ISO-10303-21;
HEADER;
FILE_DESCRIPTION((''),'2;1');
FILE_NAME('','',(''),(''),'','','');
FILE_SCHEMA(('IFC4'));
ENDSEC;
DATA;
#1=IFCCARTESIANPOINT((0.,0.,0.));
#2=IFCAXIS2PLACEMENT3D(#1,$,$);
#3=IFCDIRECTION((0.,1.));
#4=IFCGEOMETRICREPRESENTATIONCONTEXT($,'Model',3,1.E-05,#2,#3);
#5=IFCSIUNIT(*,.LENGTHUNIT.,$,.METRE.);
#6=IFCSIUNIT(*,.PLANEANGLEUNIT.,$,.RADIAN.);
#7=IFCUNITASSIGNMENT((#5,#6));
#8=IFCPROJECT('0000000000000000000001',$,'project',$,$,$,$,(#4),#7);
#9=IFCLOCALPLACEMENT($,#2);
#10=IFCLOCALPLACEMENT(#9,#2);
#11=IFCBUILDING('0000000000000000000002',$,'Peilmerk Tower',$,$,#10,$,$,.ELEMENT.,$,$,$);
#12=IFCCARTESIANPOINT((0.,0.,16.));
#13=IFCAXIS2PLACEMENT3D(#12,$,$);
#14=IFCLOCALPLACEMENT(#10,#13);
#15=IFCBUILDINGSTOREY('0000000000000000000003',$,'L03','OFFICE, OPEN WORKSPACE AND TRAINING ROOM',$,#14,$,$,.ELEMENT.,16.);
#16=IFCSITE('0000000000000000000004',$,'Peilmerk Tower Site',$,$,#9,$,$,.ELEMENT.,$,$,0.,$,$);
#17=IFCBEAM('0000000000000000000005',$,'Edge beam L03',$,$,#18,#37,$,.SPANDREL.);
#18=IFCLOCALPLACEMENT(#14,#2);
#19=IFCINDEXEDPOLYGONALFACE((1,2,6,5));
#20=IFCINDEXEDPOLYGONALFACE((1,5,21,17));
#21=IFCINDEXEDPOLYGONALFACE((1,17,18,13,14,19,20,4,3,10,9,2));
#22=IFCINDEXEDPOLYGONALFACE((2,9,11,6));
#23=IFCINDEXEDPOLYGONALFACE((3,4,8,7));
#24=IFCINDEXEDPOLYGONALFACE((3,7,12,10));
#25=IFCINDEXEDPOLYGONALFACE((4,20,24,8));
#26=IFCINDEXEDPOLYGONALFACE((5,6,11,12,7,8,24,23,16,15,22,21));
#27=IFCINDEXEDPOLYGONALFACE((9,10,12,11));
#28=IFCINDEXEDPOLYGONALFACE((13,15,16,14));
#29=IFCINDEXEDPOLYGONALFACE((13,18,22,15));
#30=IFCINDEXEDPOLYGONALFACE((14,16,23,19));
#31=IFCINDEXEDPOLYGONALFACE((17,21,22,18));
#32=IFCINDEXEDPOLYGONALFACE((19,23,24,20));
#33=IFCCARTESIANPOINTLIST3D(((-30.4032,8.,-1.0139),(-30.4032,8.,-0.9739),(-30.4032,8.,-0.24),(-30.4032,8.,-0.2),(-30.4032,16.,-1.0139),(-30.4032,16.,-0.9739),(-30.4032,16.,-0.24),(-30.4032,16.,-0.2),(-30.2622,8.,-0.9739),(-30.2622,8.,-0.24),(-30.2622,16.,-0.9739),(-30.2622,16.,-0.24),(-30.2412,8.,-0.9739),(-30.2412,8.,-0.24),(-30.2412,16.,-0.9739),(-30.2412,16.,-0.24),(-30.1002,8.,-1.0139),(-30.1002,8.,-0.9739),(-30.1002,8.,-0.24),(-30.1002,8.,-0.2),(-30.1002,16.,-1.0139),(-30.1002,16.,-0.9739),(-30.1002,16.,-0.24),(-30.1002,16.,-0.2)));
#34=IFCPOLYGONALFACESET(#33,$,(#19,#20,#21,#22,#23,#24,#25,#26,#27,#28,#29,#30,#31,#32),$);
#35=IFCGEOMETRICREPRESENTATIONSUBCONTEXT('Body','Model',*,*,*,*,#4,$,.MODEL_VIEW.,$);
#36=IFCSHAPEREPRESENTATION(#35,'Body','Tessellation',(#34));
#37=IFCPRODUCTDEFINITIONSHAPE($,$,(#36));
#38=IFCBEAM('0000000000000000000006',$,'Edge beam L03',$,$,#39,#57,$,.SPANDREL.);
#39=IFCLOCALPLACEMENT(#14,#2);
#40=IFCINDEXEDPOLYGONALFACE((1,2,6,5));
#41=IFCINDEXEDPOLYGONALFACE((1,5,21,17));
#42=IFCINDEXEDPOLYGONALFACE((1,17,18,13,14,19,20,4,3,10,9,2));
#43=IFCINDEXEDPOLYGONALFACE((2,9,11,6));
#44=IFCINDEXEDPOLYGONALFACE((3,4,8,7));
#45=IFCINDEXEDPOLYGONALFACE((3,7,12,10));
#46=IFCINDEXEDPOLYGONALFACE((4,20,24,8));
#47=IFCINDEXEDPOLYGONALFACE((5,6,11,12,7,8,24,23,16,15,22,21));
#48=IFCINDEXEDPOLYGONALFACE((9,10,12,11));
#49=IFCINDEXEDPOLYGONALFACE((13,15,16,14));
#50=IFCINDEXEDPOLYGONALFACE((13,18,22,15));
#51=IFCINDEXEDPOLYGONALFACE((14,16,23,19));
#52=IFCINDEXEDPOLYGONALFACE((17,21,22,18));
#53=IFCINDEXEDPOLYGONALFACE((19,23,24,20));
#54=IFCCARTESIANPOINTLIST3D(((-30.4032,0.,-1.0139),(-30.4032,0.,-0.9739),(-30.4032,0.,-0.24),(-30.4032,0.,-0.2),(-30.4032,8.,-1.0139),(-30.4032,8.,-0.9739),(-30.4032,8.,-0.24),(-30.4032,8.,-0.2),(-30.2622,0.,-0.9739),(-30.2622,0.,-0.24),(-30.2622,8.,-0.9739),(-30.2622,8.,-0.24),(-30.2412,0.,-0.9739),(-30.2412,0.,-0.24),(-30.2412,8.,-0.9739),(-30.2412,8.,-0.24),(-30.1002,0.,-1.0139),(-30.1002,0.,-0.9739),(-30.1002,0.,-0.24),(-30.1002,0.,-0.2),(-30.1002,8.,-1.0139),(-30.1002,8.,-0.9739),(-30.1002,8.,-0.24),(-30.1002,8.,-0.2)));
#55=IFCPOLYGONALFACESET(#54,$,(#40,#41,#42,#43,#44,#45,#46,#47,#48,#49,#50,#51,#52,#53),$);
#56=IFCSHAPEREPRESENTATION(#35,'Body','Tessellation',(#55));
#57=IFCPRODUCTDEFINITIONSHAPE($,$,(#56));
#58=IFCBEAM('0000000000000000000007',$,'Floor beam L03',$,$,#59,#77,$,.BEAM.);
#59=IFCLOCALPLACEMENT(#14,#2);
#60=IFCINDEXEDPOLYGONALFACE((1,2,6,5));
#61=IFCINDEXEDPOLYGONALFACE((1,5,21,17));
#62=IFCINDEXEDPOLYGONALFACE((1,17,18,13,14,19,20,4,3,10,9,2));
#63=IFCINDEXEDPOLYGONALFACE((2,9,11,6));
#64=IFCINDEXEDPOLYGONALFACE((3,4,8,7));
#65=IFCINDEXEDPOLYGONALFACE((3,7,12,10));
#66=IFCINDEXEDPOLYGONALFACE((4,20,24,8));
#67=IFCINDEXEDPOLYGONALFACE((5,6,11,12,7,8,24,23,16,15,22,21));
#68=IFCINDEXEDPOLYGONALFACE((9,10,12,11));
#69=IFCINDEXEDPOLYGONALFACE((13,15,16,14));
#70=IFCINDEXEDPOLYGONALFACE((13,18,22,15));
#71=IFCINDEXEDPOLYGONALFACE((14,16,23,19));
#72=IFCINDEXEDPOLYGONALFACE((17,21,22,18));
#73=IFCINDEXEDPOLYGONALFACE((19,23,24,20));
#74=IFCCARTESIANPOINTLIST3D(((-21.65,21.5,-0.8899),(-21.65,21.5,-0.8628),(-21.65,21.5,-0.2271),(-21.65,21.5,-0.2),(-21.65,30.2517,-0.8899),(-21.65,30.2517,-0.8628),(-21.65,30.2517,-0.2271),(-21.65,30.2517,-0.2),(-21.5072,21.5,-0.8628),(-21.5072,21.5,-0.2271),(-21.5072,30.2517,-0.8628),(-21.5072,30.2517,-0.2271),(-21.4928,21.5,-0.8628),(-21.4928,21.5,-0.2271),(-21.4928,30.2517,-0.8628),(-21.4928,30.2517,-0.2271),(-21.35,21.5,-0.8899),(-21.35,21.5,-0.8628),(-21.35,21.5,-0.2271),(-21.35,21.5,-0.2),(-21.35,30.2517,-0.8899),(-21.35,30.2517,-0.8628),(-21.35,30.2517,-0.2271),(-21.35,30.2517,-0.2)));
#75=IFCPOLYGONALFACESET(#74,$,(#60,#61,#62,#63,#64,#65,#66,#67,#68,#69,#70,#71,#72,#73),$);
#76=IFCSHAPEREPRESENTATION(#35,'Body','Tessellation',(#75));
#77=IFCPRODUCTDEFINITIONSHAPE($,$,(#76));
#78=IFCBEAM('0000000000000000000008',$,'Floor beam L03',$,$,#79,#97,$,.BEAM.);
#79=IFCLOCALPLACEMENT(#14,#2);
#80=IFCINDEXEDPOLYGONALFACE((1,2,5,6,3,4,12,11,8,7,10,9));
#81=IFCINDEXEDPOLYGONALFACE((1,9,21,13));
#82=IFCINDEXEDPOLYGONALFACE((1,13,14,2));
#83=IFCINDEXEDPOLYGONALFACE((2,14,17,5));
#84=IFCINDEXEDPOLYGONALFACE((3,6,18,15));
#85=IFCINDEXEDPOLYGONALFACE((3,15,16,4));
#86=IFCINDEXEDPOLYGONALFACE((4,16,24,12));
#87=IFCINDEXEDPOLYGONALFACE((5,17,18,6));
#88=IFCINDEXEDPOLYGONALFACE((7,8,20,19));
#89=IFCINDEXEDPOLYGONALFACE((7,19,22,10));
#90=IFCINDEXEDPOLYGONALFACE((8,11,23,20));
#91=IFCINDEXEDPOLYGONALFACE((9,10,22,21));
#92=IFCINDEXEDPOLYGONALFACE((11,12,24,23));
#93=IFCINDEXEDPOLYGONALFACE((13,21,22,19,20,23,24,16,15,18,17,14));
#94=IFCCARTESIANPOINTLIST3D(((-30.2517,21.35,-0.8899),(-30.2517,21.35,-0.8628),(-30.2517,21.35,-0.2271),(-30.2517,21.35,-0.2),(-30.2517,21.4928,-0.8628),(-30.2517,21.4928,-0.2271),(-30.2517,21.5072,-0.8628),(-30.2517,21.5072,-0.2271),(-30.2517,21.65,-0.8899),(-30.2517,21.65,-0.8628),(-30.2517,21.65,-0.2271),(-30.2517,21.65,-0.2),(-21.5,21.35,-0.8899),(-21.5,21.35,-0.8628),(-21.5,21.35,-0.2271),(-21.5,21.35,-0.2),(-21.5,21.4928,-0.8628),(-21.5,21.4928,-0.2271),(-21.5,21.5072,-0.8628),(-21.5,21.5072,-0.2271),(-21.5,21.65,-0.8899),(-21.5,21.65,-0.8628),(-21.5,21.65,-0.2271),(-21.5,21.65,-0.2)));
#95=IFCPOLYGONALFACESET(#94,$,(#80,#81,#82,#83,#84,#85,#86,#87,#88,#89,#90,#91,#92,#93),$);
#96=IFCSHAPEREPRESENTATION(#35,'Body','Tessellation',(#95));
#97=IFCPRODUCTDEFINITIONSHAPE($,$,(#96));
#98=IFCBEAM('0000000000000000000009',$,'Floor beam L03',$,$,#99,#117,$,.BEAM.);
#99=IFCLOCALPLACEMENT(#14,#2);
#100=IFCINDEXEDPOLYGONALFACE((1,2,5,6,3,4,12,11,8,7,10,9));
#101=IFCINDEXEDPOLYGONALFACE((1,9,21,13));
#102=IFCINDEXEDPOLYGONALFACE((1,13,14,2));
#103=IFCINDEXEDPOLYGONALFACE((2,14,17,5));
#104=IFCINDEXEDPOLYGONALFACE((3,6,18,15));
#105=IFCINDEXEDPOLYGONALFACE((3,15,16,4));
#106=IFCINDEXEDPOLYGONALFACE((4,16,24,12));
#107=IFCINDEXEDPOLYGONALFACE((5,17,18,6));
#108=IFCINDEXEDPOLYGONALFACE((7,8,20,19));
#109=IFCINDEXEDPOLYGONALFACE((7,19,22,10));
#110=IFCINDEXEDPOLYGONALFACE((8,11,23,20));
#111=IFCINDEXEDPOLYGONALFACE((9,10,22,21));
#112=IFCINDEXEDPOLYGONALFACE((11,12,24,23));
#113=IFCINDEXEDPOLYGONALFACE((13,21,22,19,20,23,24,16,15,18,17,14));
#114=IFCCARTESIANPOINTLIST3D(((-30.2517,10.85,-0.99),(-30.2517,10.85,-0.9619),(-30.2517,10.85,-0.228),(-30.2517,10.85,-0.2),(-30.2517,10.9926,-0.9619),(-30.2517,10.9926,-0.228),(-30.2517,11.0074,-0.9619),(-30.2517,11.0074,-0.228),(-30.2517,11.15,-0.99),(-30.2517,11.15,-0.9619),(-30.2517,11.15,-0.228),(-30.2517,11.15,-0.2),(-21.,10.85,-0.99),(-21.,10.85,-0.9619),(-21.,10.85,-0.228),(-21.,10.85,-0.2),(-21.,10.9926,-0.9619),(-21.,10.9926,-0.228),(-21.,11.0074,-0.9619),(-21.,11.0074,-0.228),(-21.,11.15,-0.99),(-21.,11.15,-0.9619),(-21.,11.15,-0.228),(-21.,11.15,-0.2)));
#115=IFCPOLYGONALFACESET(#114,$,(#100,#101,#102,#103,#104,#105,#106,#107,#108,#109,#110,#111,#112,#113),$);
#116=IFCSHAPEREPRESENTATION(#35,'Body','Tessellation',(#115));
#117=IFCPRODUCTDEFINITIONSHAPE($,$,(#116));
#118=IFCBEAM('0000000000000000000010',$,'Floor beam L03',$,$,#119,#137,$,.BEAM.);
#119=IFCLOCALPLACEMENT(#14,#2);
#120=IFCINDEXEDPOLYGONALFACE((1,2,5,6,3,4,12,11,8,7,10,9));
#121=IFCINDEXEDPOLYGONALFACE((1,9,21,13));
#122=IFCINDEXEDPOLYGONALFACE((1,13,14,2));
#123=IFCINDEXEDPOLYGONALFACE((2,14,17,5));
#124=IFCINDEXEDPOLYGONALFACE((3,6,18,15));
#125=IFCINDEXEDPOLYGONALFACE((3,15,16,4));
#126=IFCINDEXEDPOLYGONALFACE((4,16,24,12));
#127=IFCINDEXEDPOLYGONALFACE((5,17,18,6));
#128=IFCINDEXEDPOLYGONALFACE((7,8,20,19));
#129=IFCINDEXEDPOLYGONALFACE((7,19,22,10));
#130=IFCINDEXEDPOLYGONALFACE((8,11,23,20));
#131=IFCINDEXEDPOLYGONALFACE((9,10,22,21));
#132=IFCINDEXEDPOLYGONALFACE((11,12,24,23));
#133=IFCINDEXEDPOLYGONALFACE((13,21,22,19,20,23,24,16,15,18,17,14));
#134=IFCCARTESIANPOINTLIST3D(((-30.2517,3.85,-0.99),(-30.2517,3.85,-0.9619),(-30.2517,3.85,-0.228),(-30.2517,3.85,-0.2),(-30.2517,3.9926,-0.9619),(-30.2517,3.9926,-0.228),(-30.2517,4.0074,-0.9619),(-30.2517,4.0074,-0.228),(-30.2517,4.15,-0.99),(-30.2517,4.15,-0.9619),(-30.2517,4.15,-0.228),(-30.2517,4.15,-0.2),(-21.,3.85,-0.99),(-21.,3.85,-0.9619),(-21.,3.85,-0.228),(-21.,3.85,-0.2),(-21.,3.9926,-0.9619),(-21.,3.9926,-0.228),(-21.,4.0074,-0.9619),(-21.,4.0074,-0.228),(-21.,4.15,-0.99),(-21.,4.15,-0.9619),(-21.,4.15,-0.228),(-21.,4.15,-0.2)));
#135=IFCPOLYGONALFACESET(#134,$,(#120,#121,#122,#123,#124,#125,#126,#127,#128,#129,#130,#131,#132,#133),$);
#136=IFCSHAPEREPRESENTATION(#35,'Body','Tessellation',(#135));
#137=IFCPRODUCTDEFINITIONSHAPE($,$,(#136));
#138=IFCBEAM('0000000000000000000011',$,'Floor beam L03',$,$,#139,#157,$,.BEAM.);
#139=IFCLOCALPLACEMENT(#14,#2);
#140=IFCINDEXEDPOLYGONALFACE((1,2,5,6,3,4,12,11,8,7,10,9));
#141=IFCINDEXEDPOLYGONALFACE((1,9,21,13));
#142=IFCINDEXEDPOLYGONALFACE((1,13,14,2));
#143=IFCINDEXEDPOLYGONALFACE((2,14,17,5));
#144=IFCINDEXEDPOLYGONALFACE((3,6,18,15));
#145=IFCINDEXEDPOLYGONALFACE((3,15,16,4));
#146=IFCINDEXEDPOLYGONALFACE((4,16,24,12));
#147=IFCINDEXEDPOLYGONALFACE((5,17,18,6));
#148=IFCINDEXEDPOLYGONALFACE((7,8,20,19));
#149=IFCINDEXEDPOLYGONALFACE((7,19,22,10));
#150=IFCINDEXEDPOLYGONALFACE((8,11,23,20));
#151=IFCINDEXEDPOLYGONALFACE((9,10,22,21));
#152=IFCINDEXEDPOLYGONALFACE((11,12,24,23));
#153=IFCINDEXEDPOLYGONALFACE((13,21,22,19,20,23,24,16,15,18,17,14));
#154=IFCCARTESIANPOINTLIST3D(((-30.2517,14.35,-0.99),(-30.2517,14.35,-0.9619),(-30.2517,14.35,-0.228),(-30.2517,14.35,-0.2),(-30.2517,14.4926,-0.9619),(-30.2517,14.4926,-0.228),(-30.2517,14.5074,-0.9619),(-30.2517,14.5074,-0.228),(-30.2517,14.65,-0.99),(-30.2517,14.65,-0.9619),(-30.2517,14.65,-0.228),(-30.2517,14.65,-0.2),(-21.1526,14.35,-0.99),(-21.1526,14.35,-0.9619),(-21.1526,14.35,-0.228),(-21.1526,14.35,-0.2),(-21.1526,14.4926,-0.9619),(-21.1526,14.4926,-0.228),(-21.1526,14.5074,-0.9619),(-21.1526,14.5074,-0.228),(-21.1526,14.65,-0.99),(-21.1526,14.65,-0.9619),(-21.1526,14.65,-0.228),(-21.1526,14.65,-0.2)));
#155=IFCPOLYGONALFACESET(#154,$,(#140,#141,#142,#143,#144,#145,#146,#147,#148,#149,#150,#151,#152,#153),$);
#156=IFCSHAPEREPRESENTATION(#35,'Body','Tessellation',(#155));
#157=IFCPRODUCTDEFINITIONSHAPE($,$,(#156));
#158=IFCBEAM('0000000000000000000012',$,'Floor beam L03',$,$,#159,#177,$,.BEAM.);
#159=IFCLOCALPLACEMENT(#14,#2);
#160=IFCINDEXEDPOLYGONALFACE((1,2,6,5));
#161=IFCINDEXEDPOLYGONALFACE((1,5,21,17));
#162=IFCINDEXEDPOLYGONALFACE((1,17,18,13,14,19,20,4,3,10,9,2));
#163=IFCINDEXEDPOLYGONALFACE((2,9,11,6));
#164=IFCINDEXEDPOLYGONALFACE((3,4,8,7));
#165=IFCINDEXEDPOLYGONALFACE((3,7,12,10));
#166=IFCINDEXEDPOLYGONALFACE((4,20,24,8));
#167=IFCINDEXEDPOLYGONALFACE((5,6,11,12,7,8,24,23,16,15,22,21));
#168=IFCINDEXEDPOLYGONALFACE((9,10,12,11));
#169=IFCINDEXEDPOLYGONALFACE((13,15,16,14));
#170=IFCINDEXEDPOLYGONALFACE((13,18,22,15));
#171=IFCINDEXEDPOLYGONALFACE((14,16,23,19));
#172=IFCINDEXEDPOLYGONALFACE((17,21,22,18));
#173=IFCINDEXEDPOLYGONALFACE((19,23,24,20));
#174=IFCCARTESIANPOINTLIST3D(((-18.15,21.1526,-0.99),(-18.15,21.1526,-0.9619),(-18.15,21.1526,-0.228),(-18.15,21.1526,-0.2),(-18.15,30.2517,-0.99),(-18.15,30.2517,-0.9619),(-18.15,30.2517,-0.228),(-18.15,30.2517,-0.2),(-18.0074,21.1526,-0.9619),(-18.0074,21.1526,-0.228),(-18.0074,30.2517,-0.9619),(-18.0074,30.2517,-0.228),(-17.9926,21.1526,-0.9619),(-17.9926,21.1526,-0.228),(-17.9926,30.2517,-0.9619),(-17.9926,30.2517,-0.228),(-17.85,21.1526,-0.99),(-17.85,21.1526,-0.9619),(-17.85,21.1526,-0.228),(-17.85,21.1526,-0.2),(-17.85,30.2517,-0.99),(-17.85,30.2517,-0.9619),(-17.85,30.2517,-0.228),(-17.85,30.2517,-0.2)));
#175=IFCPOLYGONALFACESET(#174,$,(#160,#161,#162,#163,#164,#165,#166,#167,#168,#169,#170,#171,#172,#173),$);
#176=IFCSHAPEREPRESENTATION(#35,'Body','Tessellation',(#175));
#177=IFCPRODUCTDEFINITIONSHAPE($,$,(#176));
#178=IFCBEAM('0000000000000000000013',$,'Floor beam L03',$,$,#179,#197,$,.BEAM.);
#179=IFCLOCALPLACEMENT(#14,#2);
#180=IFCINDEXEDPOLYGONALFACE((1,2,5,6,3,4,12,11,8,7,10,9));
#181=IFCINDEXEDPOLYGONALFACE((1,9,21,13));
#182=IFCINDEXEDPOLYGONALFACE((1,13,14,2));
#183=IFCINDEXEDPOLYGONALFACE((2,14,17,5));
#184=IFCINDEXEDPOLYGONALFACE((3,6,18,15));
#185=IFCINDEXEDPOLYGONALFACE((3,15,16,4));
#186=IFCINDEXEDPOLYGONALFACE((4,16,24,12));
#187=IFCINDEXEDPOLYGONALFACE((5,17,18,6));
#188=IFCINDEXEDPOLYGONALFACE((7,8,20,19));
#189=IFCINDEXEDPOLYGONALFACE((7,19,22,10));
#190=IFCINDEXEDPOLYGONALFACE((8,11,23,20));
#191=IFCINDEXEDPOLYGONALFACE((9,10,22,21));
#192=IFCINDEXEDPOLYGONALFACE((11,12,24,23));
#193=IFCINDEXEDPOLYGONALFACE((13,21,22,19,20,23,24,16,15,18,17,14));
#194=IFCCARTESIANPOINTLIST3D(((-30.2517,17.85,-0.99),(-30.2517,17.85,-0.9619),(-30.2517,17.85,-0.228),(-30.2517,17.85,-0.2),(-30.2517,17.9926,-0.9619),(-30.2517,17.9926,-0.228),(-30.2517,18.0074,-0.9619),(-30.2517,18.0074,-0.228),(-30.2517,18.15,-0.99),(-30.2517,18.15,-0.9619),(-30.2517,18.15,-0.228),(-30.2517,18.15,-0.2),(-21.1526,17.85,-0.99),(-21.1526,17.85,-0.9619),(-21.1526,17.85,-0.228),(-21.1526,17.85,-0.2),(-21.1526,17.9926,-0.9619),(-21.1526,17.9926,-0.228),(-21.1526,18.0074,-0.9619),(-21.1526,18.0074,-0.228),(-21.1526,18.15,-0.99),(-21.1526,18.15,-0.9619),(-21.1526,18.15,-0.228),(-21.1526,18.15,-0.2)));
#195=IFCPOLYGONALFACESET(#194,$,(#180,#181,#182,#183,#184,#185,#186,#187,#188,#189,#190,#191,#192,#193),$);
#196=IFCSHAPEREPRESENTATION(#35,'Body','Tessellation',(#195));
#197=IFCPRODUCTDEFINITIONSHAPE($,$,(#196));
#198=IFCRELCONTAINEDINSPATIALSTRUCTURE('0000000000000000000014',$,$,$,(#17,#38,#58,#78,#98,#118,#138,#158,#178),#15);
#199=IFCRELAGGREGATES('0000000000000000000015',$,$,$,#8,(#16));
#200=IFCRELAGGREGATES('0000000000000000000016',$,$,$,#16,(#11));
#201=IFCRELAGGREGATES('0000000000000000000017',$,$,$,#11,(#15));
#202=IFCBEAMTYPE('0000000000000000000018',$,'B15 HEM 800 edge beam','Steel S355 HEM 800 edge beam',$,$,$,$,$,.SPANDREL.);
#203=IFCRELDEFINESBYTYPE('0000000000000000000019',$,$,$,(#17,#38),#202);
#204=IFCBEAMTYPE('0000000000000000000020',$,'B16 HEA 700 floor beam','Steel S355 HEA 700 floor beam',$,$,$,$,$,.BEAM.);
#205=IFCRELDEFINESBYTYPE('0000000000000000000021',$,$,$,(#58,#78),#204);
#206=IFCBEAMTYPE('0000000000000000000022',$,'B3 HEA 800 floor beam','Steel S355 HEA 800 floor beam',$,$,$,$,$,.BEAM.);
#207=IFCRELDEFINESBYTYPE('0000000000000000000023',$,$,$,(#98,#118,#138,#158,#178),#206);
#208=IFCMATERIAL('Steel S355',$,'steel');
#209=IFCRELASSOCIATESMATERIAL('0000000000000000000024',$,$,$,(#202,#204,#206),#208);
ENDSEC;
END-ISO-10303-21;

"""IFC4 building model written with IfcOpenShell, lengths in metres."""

from ifc_helpers import new_model, si_unit, direction, frame, origin, origin_2d, place, context, subcontext, project, spatial, i_section, extrude, material, material_profile, profile_set, type_object, element, save


model = new_model("IFC4")

# Units and contexts
model_context = context("Model", 3, precision=1e-05, world=origin(), true_north=direction((0.0, 1.0)))
body_context = subcontext(model_context, "Body", "Model", "MODEL_VIEW")
ifc_project = project(units=[si_unit("LENGTHUNIT", "METRE"), si_unit("PLANEANGLEUNIT", "RADIAN")], contexts=[model_context])

# Site, building, storey
site_placement = place(None, origin())
site = spatial("IfcSite", under=ifc_project, at=site_placement, Name="Peilmerk Tower Site", CompositionType="ELEMENT", RefElevation=0.0)
building_placement = place(site_placement, origin())
building = spatial("IfcBuilding", under=site, at=building_placement, Name="Peilmerk Tower", CompositionType="ELEMENT")
storey_placement = place(building_placement, frame((0.0, 0.0, 16.0)))
storey = spatial("IfcBuildingStorey", under=building, at=storey_placement, Name="L03", Description="OFFICE, OPEN WORKSPACE AND TRAINING ROOM", CompositionType="ELEMENT", Elevation=16.0)

# Beams
ifc_material_1 = material(Name="Steel S355", Category="steel")
ifc_material_profile_1 = material_profile(ifc_material_1, i_section(OverallWidth=0.303, OverallDepth=0.814, WebThickness=0.021, FlangeThickness=0.04, at=origin_2d()), Name="HEM 800")
ifc_profile_set_1 = profile_set([ifc_material_profile_1], Name="Steel S355")
beam_type_1 = type_object("IfcBeamType", Name="B15 HEM 800 edge beam", Description="Steel S355 HEM 800 edge beam", PredefinedType="SPANDREL", material=ifc_profile_set_1)
for number, where, z_axis, x_axis, name in (
    (1, (-30.2517, 16.0, -0.6069), (0.0, -1.0, 0.0), (1.0, 0.0, 0.0), "Edge beam L03"),
    (2, (-30.2517, 8.0, -0.6069), (0.0, -1.0, 0.0), (1.0, 0.0, 0.0), "Edge beam L03"),
):
    element("IfcBeam", number, at=place(storey_placement, frame(where, z_axis=z_axis, x_axis=x_axis)), inside=storey, type_object=beam_type_1, Name=name, PredefinedType="SPANDREL", context=body_context, shape_type="SweptSolid", body=[
        extrude(i_section(OverallWidth=0.303, OverallDepth=0.814, WebThickness=0.021, FlangeThickness=0.04, at=origin_2d()), origin(), (0.0, 0.0, 1.0), 8.0),
    ])
ifc_material_profile_2 = material_profile(ifc_material_1, i_section(OverallWidth=0.3, OverallDepth=0.6899, WebThickness=0.0144, FlangeThickness=0.0271, at=origin_2d()), Name="HEA 700")
ifc_profile_set_2 = profile_set([ifc_material_profile_2], Name="Steel S355")
beam_type_2 = type_object("IfcBeamType", Name="B16 HEA 700 floor beam", Description="Steel S355 HEA 700 floor beam", PredefinedType="BEAM", material=ifc_profile_set_2)
for number, where, z_axis, x_axis, name in (
    (3, (-21.5, 21.5, -0.5449), (0.0, 1.0, 0.0), (-1.0, 0.0, 0.0), "Floor beam L03"),
    (4, (-21.5, 21.5, -0.5449), (-1.0, 0.0, 0.0), (0.0, -1.0, 0.0), "Floor beam L03"),
):
    element("IfcBeam", number, at=place(storey_placement, frame(where, z_axis=z_axis, x_axis=x_axis)), inside=storey, type_object=beam_type_2, Name=name, PredefinedType="BEAM", context=body_context, shape_type="SweptSolid", body=[
        extrude(i_section(OverallWidth=0.3, OverallDepth=0.6899, WebThickness=0.0144, FlangeThickness=0.0271, at=origin_2d()), origin(), (0.0, 0.0, 1.0), 8.7517),
    ])
ifc_material_profile_3 = material_profile(ifc_material_1, i_section(OverallWidth=0.3, OverallDepth=0.79, WebThickness=0.0149, FlangeThickness=0.0281, at=origin_2d()), Name="HEA 800")
ifc_profile_set_3 = profile_set([ifc_material_profile_3], Name="Steel S355")
beam_type_3 = type_object("IfcBeamType", Name="B3 HEA 800 floor beam", Description="Steel S355 HEA 800 floor beam", PredefinedType="BEAM", material=ifc_profile_set_3)
for number, where, z_axis, x_axis, name in (
    (5, (-21.0, 11.0, -0.595), (-1.0, 0.0, 0.0), (0.0, -1.0, 0.0), "Floor beam L03"),
    (6, (-21.0, 4.0, -0.595), (-1.0, 0.0, 0.0), (0.0, -1.0, 0.0), "Floor beam L03"),
):
    element("IfcBeam", number, at=place(storey_placement, frame(where, z_axis=z_axis, x_axis=x_axis)), inside=storey, type_object=beam_type_3, Name=name, PredefinedType="BEAM", context=body_context, shape_type="SweptSolid", body=[
        extrude(i_section(OverallWidth=0.3, OverallDepth=0.79, WebThickness=0.0149, FlangeThickness=0.0281, at=origin_2d()), origin(), (0.0, 0.0, 1.0), 9.2517),
    ])
for number, where, z_axis, x_axis, name in (
    (7, (-21.1526, 14.5, -0.595), (-1.0, 0.0, 0.0), (0.0, -1.0, 0.0), "Floor beam L03"),
    (8, (-18.0, 21.1526, -0.595), (0.0, 1.0, 0.0), (-1.0, 0.0, 0.0), "Floor beam L03"),
    (9, (-21.1526, 18.0, -0.595), (-1.0, 0.0, 0.0), (0.0, -1.0, 0.0), "Floor beam L03"),
):
    element("IfcBeam", number, at=place(storey_placement, frame(where, z_axis=z_axis, x_axis=x_axis)), inside=storey, type_object=beam_type_3, Name=name, PredefinedType="BEAM", context=body_context, shape_type="SweptSolid", body=[
        extrude(i_section(OverallWidth=0.3, OverallDepth=0.79, WebThickness=0.0149, FlangeThickness=0.0281, at=origin_2d()), origin(), (0.0, 0.0, 1.0), 9.0991),
    ])

save(model, "model.ifc")
